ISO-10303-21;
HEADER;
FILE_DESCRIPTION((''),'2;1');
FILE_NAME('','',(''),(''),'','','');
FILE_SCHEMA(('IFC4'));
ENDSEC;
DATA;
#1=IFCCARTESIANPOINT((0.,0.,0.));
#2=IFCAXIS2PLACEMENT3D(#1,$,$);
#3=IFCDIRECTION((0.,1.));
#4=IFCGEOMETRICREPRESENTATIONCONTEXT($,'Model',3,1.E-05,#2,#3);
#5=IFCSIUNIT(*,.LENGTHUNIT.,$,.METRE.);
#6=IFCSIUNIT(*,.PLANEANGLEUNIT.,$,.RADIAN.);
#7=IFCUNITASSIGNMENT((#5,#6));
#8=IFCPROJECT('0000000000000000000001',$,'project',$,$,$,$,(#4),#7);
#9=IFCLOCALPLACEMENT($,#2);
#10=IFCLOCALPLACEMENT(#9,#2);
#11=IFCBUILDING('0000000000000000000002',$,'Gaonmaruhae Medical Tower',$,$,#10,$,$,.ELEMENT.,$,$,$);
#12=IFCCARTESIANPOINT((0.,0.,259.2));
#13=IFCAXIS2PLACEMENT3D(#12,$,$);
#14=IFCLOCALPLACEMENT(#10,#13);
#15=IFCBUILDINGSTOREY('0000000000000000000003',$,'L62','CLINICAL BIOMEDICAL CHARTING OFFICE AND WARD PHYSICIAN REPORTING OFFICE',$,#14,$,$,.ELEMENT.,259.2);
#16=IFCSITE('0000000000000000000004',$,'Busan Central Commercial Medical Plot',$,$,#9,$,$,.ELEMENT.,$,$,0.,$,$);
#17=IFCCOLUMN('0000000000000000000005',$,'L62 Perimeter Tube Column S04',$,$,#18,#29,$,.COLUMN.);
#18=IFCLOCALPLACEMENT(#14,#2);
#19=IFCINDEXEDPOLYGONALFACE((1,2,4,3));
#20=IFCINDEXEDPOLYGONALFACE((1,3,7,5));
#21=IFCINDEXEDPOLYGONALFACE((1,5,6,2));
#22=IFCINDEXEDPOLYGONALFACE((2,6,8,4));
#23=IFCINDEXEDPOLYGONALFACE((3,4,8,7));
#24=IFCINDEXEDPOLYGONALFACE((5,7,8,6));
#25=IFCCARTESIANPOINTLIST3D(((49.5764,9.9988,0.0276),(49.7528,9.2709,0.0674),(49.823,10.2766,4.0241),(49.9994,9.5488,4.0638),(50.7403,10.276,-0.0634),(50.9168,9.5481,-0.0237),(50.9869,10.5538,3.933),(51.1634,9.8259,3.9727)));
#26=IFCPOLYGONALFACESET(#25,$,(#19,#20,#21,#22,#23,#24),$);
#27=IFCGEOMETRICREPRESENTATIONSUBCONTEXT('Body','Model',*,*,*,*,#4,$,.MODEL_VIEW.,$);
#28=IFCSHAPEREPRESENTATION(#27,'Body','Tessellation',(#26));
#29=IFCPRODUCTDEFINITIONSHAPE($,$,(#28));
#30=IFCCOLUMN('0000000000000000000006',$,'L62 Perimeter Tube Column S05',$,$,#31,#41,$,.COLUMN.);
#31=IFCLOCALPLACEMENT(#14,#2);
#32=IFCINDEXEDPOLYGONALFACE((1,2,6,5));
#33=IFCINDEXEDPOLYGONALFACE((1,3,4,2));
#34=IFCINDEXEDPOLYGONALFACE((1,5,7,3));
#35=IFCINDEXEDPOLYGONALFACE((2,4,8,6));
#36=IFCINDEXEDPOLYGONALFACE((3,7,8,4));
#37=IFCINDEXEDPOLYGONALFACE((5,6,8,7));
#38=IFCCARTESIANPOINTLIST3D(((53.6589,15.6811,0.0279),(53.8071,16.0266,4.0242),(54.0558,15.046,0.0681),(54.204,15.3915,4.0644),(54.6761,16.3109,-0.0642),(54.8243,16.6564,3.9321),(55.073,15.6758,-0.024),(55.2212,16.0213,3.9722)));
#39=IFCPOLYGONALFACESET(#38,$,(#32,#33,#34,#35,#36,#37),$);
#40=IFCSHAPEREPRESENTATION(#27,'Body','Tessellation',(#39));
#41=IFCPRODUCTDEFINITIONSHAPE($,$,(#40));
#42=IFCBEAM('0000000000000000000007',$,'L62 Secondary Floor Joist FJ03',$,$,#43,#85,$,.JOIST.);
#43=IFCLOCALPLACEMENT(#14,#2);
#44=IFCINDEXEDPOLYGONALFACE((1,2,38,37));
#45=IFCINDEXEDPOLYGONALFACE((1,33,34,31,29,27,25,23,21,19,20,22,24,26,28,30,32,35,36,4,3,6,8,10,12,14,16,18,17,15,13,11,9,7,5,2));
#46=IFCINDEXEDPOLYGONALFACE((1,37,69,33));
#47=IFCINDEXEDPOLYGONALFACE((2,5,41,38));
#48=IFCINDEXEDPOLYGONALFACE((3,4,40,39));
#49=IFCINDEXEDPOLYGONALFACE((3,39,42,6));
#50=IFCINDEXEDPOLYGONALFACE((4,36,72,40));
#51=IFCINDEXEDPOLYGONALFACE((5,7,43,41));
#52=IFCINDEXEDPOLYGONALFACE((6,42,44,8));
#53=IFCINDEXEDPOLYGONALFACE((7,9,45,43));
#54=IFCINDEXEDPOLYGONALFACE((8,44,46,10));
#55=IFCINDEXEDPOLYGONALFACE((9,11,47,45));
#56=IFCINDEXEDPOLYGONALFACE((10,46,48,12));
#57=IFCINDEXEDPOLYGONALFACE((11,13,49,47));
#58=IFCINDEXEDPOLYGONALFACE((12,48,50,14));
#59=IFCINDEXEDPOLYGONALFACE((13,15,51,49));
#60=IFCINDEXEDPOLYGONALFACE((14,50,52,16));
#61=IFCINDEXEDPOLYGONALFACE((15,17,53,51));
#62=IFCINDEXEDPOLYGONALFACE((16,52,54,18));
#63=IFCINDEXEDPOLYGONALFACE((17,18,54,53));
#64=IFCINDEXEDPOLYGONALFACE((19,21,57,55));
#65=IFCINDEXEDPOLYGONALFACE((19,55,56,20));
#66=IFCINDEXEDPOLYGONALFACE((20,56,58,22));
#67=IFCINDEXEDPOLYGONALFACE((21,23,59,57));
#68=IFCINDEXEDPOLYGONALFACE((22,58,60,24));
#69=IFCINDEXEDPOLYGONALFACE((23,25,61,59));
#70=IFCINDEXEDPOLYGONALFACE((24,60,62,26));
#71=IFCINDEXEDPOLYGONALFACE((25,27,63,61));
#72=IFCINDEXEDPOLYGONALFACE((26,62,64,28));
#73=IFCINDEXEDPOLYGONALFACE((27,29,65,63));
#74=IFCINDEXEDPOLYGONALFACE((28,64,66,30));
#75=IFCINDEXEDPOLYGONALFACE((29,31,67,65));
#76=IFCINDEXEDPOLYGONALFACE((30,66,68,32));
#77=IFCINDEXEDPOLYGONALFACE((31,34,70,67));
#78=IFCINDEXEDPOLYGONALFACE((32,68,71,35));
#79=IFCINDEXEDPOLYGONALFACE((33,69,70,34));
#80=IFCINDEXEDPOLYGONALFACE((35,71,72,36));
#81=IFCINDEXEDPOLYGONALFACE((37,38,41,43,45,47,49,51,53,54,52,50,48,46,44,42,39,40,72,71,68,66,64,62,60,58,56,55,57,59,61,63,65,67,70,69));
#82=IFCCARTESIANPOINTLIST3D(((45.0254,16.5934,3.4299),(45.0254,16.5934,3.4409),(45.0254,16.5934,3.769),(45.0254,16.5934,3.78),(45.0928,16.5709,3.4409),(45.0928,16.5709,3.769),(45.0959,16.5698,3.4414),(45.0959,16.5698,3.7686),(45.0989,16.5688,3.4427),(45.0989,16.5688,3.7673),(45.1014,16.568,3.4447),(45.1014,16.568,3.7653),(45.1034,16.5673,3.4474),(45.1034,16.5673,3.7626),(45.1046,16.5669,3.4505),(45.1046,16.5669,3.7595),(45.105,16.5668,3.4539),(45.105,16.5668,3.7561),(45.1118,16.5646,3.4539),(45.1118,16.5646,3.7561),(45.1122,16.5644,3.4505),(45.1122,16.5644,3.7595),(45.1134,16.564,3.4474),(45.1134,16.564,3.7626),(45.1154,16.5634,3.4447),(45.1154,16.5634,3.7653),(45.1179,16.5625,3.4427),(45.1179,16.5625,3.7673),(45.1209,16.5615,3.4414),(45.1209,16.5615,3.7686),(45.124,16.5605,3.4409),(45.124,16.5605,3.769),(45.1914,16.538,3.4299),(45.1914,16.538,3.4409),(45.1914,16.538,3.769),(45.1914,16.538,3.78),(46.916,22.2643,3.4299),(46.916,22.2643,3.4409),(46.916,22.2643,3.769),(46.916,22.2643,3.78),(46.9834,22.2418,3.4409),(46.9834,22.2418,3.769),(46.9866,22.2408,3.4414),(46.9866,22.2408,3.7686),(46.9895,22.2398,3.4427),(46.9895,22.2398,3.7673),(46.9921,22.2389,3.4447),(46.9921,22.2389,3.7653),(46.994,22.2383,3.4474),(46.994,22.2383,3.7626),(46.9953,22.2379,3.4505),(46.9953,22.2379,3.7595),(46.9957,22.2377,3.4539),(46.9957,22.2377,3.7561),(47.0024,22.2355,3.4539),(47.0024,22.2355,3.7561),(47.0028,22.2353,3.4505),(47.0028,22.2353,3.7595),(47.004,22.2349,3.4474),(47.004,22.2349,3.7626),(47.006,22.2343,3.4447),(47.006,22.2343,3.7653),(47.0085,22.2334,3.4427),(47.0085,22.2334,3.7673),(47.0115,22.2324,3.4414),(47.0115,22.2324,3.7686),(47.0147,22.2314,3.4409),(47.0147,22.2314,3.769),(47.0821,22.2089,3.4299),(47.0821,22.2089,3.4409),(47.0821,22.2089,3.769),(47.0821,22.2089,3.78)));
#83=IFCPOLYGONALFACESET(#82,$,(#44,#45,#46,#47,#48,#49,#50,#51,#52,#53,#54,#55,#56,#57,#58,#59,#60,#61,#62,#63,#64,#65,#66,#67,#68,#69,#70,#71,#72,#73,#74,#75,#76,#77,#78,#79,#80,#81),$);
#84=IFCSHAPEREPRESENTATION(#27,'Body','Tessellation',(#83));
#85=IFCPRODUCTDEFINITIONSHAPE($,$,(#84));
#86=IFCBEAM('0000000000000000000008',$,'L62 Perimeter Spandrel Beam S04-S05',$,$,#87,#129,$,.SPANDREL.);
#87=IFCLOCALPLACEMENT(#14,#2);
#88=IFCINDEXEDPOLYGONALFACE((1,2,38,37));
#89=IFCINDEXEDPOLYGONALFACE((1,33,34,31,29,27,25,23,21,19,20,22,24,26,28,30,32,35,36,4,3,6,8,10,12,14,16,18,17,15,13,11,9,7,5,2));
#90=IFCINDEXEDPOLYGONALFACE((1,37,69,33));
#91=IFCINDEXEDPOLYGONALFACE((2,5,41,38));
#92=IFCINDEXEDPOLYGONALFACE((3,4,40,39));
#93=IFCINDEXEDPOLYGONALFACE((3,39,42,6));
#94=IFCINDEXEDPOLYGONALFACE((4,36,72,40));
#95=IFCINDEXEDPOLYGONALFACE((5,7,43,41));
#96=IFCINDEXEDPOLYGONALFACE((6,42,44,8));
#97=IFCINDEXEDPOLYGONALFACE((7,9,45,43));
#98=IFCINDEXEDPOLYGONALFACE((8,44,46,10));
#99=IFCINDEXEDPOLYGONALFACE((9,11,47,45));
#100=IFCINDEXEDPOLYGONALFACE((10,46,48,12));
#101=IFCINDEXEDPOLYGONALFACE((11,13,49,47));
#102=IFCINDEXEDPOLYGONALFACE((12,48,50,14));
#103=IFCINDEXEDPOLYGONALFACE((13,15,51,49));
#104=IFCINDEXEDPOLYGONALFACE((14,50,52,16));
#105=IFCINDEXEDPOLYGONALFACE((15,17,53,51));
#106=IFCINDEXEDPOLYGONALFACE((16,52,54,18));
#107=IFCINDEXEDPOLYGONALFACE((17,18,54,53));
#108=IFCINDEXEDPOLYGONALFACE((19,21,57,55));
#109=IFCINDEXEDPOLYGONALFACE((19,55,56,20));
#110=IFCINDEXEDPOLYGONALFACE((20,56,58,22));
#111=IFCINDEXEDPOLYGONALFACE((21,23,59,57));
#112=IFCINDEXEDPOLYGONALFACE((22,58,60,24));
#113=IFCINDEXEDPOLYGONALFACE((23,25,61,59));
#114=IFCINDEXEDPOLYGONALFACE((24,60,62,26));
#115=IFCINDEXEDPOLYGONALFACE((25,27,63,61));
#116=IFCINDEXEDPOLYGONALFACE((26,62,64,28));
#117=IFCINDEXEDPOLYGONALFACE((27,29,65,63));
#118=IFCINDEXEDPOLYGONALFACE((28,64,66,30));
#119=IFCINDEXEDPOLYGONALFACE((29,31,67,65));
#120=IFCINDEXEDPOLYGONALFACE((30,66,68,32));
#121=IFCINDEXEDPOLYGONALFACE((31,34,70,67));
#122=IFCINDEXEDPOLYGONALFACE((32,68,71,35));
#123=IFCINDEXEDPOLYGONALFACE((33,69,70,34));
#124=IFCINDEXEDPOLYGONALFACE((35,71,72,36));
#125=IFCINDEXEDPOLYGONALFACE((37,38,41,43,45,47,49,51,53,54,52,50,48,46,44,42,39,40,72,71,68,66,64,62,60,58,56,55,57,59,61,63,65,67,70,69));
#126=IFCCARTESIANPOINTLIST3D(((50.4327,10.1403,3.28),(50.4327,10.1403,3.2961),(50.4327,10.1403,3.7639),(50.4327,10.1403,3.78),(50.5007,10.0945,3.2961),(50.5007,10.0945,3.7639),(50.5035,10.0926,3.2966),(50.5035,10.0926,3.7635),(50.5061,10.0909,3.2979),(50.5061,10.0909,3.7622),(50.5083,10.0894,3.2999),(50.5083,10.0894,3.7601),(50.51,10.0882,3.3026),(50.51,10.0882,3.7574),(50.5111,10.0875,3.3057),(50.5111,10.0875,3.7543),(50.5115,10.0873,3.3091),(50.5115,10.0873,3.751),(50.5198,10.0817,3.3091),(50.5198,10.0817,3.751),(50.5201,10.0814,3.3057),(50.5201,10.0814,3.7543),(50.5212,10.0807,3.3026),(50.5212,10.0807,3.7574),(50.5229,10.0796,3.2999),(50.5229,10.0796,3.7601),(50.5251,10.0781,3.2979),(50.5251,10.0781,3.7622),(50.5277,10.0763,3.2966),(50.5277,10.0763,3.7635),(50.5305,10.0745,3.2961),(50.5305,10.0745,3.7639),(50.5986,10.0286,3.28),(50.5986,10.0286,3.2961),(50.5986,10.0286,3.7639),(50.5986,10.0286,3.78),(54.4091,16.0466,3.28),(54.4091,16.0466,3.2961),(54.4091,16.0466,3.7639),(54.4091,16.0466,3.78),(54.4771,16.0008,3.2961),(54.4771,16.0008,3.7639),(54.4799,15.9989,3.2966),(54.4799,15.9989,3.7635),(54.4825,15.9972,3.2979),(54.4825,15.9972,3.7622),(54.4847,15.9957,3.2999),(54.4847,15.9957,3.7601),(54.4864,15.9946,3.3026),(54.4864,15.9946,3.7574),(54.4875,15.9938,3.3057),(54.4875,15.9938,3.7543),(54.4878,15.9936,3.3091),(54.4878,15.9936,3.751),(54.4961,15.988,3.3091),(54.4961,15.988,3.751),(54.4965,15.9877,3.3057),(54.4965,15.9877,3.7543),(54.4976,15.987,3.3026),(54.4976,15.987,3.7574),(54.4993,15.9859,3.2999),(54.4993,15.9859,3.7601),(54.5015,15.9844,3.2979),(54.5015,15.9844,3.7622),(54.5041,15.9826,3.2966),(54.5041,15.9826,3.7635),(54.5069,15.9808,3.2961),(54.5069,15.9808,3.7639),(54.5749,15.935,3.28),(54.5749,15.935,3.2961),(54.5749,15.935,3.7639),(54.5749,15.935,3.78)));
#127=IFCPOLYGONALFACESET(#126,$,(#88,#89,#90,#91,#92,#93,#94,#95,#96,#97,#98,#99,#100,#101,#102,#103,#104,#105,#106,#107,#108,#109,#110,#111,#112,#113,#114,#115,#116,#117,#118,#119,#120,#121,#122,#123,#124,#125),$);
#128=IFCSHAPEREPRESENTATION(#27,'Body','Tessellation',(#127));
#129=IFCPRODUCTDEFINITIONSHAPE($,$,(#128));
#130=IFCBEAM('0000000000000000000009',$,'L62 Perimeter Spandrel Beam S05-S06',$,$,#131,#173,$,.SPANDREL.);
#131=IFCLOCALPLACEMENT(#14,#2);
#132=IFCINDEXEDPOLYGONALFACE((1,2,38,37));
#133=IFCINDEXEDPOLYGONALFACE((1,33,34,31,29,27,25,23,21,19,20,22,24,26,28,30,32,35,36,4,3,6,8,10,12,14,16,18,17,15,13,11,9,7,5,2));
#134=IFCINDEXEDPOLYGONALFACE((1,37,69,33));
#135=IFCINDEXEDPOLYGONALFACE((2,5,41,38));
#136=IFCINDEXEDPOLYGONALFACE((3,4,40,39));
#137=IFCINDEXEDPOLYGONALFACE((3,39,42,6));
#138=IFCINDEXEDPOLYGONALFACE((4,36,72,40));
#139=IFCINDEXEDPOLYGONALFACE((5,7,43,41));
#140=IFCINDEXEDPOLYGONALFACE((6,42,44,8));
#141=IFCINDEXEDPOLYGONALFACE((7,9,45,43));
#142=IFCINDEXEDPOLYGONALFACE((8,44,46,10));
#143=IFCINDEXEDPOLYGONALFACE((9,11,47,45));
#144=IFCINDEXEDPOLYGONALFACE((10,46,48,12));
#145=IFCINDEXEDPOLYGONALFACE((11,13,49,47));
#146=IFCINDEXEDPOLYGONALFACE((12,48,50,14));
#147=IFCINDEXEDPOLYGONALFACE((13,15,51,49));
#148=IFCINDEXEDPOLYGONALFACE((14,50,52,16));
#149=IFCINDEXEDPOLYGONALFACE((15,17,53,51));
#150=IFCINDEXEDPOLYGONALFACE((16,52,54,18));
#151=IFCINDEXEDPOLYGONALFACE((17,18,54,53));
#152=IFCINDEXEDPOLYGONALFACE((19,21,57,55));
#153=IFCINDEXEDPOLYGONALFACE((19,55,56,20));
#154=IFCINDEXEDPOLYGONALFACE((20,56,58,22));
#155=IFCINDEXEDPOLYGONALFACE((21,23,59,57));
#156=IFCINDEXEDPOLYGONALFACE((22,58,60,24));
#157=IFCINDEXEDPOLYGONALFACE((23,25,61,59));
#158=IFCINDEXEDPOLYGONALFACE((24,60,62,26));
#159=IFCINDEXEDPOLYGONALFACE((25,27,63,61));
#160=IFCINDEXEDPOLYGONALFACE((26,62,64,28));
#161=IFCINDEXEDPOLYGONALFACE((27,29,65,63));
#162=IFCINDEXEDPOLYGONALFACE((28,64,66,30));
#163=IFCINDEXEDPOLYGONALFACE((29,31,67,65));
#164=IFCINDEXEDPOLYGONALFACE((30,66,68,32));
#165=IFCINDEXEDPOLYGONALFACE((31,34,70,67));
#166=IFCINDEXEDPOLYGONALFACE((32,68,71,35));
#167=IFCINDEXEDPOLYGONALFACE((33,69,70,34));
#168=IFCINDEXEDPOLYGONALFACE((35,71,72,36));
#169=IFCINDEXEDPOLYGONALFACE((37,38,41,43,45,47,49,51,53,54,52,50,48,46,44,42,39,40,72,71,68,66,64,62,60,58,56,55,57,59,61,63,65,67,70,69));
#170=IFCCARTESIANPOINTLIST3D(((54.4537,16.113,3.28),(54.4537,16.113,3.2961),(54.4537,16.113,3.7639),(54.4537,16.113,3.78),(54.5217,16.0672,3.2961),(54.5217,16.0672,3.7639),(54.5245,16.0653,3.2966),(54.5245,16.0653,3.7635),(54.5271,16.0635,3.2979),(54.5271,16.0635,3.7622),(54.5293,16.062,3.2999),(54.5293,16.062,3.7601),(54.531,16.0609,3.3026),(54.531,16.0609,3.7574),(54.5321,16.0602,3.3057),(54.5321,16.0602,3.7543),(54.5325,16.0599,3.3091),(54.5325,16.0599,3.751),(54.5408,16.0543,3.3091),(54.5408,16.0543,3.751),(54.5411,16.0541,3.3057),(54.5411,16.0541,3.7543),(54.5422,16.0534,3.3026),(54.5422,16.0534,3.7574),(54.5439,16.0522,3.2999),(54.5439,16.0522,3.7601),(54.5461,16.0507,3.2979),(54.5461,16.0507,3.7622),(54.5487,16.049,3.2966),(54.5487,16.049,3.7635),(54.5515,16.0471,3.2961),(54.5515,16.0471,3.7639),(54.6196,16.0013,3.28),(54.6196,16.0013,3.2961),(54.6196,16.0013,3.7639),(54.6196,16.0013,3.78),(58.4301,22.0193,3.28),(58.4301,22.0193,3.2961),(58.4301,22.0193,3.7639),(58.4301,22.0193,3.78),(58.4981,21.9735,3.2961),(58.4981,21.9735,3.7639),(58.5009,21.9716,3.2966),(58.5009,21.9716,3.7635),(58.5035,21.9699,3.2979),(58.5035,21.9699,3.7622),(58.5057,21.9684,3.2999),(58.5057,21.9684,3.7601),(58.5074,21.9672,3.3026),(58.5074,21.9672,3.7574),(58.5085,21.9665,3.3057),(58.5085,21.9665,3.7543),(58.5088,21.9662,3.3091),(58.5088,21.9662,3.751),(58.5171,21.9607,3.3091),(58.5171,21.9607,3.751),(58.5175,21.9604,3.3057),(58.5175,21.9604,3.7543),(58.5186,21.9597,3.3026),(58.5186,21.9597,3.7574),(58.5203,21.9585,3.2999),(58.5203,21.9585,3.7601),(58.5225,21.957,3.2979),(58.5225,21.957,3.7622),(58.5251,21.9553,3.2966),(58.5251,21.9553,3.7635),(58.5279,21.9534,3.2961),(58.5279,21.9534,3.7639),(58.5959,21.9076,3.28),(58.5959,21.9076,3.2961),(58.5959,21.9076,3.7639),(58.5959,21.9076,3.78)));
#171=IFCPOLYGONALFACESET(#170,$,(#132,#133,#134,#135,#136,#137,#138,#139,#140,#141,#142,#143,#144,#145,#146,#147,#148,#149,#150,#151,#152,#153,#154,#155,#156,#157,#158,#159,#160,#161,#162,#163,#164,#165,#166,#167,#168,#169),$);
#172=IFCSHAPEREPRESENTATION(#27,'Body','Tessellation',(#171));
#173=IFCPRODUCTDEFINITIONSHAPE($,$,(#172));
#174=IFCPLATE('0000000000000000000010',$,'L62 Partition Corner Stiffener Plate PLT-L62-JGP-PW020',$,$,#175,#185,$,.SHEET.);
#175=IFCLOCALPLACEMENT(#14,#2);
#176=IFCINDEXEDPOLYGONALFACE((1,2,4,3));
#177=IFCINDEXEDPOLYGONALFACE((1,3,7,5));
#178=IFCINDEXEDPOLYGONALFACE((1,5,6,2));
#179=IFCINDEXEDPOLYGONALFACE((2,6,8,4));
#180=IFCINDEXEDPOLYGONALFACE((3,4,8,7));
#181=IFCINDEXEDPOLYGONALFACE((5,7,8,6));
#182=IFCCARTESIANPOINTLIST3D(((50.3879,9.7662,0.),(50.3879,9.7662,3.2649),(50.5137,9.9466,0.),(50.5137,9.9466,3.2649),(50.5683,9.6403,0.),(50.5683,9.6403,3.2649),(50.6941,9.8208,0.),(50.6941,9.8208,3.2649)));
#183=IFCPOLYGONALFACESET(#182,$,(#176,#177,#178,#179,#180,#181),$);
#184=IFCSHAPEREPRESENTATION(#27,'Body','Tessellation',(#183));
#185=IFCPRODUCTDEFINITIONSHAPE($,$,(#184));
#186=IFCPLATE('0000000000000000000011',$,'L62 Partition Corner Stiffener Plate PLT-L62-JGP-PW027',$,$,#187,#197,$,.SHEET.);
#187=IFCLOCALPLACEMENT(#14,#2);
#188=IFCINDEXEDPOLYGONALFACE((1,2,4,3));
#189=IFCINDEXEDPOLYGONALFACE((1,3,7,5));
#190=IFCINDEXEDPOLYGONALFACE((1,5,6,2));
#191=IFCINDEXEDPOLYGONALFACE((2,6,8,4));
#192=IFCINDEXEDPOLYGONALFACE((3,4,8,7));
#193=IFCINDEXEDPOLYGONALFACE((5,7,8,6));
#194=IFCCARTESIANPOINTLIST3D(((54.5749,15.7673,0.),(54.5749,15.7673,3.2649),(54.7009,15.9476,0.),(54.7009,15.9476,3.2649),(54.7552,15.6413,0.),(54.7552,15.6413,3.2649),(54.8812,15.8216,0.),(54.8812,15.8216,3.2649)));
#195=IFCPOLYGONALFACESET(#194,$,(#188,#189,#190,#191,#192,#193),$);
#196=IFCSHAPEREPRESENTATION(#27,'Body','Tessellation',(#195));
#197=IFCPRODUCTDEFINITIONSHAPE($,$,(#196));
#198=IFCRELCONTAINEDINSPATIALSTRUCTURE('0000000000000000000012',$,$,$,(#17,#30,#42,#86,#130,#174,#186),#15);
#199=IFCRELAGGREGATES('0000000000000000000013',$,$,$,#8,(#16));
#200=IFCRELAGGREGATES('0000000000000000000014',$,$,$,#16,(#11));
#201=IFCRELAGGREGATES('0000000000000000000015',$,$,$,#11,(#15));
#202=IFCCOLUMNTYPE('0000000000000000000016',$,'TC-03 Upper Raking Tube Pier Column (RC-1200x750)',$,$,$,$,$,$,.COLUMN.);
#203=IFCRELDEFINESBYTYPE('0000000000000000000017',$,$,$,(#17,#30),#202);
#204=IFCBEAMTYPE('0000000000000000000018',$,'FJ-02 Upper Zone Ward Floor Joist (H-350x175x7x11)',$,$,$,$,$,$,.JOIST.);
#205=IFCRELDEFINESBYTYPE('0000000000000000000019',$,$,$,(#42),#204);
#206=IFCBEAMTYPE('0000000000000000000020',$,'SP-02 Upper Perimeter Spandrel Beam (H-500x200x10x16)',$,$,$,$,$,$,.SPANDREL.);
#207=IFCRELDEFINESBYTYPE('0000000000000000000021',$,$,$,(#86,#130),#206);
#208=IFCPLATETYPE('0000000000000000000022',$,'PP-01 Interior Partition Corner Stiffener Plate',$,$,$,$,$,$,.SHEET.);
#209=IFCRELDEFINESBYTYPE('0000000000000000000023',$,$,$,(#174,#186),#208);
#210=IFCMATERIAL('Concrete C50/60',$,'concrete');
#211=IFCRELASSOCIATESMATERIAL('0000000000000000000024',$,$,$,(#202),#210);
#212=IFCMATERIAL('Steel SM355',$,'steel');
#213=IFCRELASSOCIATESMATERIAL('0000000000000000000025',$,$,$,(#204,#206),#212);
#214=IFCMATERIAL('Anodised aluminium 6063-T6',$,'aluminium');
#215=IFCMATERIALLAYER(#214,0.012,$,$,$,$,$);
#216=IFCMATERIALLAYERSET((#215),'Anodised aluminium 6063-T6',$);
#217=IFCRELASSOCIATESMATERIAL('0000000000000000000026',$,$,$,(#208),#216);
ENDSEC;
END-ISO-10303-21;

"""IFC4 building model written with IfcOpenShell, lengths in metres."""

from ifc_helpers import new_model, si_unit, direction, frame, origin, origin_2d, place, context, subcontext, project, spatial, rectangle, i_section, extrude, material, layer, layer_set, material_profile, profile_set, type_object, element, save


model = new_model("IFC4")

# Units and contexts
model_context = context("Model", 3, precision=1e-05, world=origin(), true_north=direction((0.0, 1.0)))
body_context = subcontext(model_context, "Body", "Model", "MODEL_VIEW")
ifc_project = project(units=[si_unit("LENGTHUNIT", "METRE"), si_unit("PLANEANGLEUNIT", "RADIAN")], contexts=[model_context])

# Site, building, storey
site_placement = place(None, origin())
site = spatial("IfcSite", under=ifc_project, at=site_placement, Name="Busan Central Commercial Medical Plot", CompositionType="ELEMENT", RefElevation=0.0)
building_placement = place(site_placement, origin())
building = spatial("IfcBuilding", under=site, at=building_placement, Name="Gaonmaruhae Medical Tower", CompositionType="ELEMENT")
storey_placement = place(building_placement, frame((0.0, 0.0, 259.2)))
storey = spatial("IfcBuildingStorey", under=building, at=storey_placement, Name="L62", Description="CLINICAL BIOMEDICAL CHARTING OFFICE AND WARD PHYSICIAN REPORTING OFFICE", CompositionType="ELEMENT", Elevation=259.2)

# Columns
ifc_material_1 = material(Name="Concrete C50/60", Category="concrete")
ifc_material_profile_1 = material_profile(ifc_material_1, rectangle(XDim=1.2, YDim=0.75, at=origin_2d()), Name="RC-1200x750")
ifc_profile_set_1 = profile_set([ifc_material_profile_1], Name="Concrete C50/60")
column_type = type_object("IfcColumnType", Name="TC-03 Upper Raking Tube Pier Column (RC-1200x750)", PredefinedType="COLUMN", material=ifc_profile_set_1)
column_1_placement = place(storey_placement, frame((50.2466, 9.7734, 0.002), z_axis=(0.061437, 0.069223, 0.995708), x_axis=(-0.969991, -0.230986, 0.075909)))
element("IfcColumn", 1, at=column_1_placement, inside=storey, type_object=column_type, Name="L62 Perimeter Tube Column S04", PredefinedType="COLUMN", context=body_context, shape_type="SweptSolid", body=[
    extrude(rectangle(XDim=1.2, YDim=0.75, at=origin_2d()), origin(), (0.0, 0.0, 1.0), 4.0137),
])
column_2_placement = place(storey_placement, frame((54.366, 15.6785, 0.002), z_axis=(0.036919, 0.086064, 0.995605), x_axis=(-0.847718, -0.524857, 0.076806)))
element("IfcColumn", 2, at=column_2_placement, inside=storey, type_object=column_type, Name="L62 Perimeter Tube Column S05", PredefinedType="COLUMN", context=body_context, shape_type="SweptSolid", body=[
    extrude(rectangle(XDim=1.2, YDim=0.75, at=origin_2d()), origin(), (0.0, 0.0, 1.0), 4.0139),
])

# Beams
ifc_material_2 = material(Name="Steel SM355", Category="steel")
ifc_material_profile_2 = material_profile(ifc_material_2, i_section(OverallWidth=0.175, OverallDepth=0.3501, WebThickness=0.0071, FlangeThickness=0.011, FilletRadius=0.0129, at=origin_2d()), Name="H-350x175x7x11")
ifc_profile_set_2 = profile_set([ifc_material_profile_2], Name="Steel SM355")
beam_type_1 = type_object("IfcBeamType", Name="FJ-02 Upper Zone Ward Floor Joist (H-350x175x7x11)", PredefinedType="JOIST", material=ifc_profile_set_2)
beam_placement = place(storey_placement, frame((45.1084, 16.5657, 3.605), z_axis=(0.316277, 0.948667, 0.0), x_axis=(-0.948667, 0.316277, 0.0)))
element("IfcBeam", 3, at=beam_placement, inside=storey, type_object=beam_type_1, Name="L62 Secondary Floor Joist FJ03", PredefinedType="JOIST", context=body_context, shape_type="SweptSolid", body=[
    extrude(i_section(OverallWidth=0.175, OverallDepth=0.3501, WebThickness=0.0071, FlangeThickness=0.011, FilletRadius=0.0129, at=origin_2d()), origin(), (0.0, 0.0, 1.0), 5.9778),
])
ifc_material_profile_3 = material_profile(ifc_material_2, i_section(OverallWidth=0.2, OverallDepth=0.5, WebThickness=0.01, FlangeThickness=0.0161, FilletRadius=0.0129, at=origin_2d()), Name="H-500x200x10x16")
ifc_profile_set_3 = profile_set([ifc_material_profile_3], Name="Steel SM355")
beam_type_2 = type_object("IfcBeamType", Name="SP-02 Upper Perimeter Spandrel Beam (H-500x200x10x16)", PredefinedType="SPANDREL", material=ifc_profile_set_3)
for number, where, z_axis, x_axis, name in (
    (4, (50.5156, 10.0845, 3.53), (0.558469, 0.829525, 0.0), (-0.829525, 0.558469, 0.0), "L62 Perimeter Spandrel Beam S04-S05"),
    (5, (54.5366, 16.0571, 3.53), (0.558469, 0.829525, 0.0), (-0.829525, 0.558469, 0.0), "L62 Perimeter Spandrel Beam S05-S06"),
):
    element("IfcBeam", number, at=place(storey_placement, frame(where, z_axis=z_axis, x_axis=x_axis)), inside=storey, type_object=beam_type_2, Name=name, PredefinedType="SPANDREL", context=body_context, shape_type="SweptSolid", body=[
        extrude(i_section(OverallWidth=0.2, OverallDepth=0.5, WebThickness=0.01, FlangeThickness=0.0161, FilletRadius=0.0129, at=origin_2d()), origin(), (0.0, 0.0, 1.0), 7.1201),
    ])

# Plates
ifc_material_3 = material(Name="Anodised aluminium 6063-T6", Category="aluminium")
ifc_layer_1 = layer(ifc_material_3, 0.012)
ifc_layer_set_1 = layer_set([ifc_layer_1], Name="Anodised aluminium 6063-T6")
plate_type = type_object("IfcPlateType", Name="PP-01 Interior Partition Corner Stiffener Plate", PredefinedType="SHEET", material=ifc_layer_set_1)
for number, where, z_axis, x_axis, name in (
    (6, (50.541, 9.7935, 0.0), (0.0, 0.0, 1.0), (-0.572017, -0.820242, 0.0), "L62 Partition Corner Stiffener Plate PLT-L62-JGP-PW020"),
    (7, (54.728, 15.7944, 0.0), (0.0, 0.0, 1.0), (-0.572861, -0.819652, 0.0), "L62 Partition Corner Stiffener Plate PLT-L62-JGP-PW027"),
):
    element("IfcPlate", number, at=place(storey_placement, frame(where, z_axis=z_axis, x_axis=x_axis)), inside=storey, type_object=plate_type, Name=name, PredefinedType="SHEET", context=body_context, shape_type="SweptSolid", body=[
        extrude(rectangle(XDim=0.22, YDim=0.22, at=origin_2d()), origin(), (0.0, 0.0, 1.0), 3.2649),
    ])

save(model, "model.ifc")
